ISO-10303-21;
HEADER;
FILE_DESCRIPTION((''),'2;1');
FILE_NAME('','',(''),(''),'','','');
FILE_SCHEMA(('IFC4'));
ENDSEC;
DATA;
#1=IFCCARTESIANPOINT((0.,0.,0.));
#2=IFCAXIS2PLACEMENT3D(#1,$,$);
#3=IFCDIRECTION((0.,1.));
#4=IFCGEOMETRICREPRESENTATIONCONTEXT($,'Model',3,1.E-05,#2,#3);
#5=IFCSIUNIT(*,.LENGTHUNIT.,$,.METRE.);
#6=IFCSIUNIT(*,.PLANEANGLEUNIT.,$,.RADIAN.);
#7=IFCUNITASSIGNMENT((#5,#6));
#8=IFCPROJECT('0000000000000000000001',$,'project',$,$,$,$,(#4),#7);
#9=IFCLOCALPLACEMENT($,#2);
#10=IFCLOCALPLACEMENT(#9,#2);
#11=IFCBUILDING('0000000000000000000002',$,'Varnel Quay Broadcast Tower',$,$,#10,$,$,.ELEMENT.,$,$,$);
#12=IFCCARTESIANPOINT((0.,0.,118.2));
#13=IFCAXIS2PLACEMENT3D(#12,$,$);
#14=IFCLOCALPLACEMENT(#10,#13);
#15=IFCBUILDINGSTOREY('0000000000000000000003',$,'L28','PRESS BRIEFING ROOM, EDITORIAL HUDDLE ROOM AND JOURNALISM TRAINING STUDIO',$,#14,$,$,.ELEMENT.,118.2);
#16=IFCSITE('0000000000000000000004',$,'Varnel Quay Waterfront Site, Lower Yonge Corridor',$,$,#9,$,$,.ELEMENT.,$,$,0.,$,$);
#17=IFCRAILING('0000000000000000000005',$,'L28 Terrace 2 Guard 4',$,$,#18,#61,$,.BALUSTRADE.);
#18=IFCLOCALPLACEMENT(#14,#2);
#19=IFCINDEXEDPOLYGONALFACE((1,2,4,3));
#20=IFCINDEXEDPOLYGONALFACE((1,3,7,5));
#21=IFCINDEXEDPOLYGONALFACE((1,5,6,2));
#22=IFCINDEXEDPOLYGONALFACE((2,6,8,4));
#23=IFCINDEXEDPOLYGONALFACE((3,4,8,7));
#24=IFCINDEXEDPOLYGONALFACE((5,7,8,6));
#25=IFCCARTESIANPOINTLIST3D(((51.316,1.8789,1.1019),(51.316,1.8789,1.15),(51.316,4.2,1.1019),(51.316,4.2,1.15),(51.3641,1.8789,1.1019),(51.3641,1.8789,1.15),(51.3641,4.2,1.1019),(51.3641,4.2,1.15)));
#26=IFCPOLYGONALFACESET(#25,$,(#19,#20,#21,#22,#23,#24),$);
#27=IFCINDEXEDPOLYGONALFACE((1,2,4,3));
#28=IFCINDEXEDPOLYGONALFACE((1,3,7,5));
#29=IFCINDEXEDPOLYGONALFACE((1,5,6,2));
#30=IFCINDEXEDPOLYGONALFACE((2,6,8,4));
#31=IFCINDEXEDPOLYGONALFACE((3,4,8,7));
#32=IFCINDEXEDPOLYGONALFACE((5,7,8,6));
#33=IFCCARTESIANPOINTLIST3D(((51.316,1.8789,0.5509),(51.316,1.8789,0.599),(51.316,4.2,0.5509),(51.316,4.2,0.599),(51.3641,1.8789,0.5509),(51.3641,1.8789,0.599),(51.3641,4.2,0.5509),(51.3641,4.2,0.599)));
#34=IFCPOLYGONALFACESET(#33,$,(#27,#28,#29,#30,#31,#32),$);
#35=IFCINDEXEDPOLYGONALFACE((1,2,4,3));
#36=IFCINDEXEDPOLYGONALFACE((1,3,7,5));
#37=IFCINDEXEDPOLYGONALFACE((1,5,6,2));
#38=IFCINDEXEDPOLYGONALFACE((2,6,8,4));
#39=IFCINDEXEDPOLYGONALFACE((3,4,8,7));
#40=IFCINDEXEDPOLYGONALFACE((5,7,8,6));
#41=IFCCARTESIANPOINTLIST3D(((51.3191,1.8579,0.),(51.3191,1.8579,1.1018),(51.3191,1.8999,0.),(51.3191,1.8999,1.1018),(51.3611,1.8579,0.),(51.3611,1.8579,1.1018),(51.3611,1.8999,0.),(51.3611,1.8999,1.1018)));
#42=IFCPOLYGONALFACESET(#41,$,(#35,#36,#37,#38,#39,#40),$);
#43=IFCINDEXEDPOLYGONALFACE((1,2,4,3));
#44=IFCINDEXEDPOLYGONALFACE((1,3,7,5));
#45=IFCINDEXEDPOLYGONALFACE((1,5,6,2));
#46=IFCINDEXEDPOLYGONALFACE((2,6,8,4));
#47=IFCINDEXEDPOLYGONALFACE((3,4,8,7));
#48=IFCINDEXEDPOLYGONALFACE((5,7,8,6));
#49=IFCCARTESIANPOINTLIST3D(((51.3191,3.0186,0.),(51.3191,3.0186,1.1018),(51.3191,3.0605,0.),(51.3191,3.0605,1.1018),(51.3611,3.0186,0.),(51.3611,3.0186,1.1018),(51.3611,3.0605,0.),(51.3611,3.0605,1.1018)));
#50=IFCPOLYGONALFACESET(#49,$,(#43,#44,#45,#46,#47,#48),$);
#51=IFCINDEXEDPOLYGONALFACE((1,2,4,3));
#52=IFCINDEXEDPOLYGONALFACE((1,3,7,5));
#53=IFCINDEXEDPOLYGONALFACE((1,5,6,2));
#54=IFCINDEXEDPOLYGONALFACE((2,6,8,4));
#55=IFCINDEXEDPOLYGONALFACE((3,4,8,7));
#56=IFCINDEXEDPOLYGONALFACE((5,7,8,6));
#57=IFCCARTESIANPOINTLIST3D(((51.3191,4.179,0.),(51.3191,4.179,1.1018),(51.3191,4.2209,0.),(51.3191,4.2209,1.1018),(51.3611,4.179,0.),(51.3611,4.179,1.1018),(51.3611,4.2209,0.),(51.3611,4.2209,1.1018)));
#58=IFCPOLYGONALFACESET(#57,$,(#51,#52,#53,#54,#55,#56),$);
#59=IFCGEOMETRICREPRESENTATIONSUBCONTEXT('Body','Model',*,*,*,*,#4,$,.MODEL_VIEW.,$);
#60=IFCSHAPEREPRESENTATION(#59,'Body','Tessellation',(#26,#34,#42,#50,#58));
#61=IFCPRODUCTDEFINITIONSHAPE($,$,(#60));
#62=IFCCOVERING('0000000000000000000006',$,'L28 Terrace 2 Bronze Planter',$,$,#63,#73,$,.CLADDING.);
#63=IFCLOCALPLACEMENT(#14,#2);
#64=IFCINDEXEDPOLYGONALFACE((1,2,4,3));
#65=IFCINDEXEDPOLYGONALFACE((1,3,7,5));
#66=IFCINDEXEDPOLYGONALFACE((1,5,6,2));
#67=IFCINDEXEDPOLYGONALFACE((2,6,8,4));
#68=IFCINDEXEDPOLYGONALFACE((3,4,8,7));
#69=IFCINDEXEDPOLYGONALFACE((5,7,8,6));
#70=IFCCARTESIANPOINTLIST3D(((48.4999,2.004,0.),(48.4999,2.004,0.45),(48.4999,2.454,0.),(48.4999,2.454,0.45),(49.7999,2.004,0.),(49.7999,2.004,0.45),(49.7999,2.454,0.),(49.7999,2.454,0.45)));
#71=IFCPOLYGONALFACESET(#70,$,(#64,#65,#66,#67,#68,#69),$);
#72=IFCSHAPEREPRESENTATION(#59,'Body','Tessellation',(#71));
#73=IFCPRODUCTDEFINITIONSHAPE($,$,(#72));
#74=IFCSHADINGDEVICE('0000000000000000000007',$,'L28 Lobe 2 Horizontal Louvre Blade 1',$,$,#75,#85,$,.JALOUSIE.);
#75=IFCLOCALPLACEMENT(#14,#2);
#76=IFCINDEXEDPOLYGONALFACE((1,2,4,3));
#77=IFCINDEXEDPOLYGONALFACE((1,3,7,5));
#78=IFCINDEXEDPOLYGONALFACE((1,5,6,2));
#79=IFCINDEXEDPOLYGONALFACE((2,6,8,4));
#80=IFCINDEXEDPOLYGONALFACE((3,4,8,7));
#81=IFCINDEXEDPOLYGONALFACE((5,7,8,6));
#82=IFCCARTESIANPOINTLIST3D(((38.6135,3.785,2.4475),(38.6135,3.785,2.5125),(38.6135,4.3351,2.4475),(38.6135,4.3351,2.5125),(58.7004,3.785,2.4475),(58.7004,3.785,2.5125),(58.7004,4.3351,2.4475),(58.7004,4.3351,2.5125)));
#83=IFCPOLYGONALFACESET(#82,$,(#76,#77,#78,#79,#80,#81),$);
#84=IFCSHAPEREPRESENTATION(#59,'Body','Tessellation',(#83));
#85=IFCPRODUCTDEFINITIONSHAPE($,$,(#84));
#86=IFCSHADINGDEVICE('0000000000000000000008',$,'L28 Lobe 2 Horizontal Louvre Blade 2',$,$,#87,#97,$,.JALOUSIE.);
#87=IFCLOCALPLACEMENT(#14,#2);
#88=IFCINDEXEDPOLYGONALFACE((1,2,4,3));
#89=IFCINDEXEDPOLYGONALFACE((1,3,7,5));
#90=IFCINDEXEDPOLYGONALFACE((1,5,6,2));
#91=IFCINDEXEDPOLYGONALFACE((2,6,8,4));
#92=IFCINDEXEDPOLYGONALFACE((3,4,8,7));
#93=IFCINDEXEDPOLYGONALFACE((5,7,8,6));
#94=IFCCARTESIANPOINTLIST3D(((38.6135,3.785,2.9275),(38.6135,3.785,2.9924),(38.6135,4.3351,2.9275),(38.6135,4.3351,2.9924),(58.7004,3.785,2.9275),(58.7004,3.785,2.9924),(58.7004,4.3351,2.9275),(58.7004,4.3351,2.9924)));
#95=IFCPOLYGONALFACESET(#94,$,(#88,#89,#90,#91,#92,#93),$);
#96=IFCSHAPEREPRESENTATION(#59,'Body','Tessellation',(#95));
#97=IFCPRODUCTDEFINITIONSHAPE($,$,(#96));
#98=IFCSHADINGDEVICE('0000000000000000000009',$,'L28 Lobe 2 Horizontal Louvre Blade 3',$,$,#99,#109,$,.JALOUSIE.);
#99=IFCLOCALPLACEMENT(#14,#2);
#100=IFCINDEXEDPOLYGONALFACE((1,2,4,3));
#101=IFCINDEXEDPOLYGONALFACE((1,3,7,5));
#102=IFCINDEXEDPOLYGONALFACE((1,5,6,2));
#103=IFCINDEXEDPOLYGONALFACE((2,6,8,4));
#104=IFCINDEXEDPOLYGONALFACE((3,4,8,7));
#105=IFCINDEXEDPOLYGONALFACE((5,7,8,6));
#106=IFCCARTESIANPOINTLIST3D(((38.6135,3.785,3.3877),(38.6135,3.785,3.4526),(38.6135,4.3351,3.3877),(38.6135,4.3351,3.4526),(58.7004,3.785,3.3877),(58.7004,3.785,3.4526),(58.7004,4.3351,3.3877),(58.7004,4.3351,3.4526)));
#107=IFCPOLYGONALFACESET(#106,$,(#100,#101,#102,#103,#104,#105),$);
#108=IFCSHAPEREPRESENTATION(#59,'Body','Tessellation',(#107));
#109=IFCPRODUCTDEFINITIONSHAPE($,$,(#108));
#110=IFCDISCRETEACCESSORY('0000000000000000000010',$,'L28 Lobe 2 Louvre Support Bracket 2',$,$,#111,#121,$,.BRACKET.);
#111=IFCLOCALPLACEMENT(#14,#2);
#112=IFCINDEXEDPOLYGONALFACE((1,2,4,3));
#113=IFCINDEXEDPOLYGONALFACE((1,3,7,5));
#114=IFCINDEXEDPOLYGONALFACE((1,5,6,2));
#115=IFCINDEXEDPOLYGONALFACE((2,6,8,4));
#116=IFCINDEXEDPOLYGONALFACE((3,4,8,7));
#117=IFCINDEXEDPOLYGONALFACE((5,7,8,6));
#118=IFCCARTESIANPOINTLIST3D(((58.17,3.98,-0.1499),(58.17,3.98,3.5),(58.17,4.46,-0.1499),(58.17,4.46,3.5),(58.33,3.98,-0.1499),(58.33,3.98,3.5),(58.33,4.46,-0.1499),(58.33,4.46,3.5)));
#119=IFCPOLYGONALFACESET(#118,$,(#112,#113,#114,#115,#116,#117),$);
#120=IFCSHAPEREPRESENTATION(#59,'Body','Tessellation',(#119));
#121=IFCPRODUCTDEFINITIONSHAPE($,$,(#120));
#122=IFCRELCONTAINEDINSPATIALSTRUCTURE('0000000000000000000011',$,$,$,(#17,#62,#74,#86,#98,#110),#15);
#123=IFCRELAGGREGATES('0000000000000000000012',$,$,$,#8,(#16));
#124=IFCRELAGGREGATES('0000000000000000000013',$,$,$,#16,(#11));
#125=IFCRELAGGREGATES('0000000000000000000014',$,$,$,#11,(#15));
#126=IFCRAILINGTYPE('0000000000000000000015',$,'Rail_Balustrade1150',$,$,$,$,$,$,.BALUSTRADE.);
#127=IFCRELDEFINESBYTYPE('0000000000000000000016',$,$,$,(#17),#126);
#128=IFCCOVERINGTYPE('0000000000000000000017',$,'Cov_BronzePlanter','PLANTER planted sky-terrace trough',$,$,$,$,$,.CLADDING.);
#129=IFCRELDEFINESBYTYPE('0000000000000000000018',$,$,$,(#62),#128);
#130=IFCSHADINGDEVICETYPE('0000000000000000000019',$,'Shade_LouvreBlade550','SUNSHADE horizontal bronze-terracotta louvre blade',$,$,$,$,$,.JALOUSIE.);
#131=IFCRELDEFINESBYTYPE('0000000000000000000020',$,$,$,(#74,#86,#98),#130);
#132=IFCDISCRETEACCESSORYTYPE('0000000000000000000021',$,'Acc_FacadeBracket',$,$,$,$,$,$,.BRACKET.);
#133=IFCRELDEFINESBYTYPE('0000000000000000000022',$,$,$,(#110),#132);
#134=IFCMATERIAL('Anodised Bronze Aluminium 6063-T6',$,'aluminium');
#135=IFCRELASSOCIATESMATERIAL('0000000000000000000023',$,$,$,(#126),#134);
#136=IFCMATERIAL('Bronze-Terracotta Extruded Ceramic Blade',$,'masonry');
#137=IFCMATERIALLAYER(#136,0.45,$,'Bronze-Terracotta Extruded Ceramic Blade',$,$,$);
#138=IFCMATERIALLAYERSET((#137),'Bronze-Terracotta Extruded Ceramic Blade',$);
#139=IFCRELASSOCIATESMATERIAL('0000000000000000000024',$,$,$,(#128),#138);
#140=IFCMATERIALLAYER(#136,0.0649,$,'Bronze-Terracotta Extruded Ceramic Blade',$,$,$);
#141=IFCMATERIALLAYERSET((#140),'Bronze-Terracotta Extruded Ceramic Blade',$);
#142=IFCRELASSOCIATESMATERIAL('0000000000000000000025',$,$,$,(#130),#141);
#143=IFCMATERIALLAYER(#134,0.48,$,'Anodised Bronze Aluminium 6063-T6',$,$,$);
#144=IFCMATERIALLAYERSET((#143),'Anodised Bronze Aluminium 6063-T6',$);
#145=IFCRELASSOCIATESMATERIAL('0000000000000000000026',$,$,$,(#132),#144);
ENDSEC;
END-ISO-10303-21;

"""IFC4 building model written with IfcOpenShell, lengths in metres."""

from ifc_helpers import new_model, si_unit, direction, frame, origin, origin_2d, place, context, subcontext, project, spatial, rectangle, extrude, source, transform, mapped, material, layer, layer_set, type_object, type_shapes, element, save


model = new_model("IFC4")

# Units and contexts
model_context = context("Model", 3, precision=1e-05, world=origin(), true_north=direction((0.0, 1.0)))
body_context = subcontext(model_context, "Body", "Model", "MODEL_VIEW")
ifc_project = project(units=[si_unit("LENGTHUNIT", "METRE"), si_unit("PLANEANGLEUNIT", "RADIAN")], contexts=[model_context])

# Site, building, storey
site_placement = place(None, origin())
site = spatial("IfcSite", under=ifc_project, at=site_placement, Name="Varnel Quay Waterfront Site, Lower Yonge Corridor", CompositionType="ELEMENT", RefElevation=0.0)
building_placement = place(site_placement, origin())
building = spatial("IfcBuilding", under=site, at=building_placement, Name="Varnel Quay Broadcast Tower", CompositionType="ELEMENT")
storey_placement = place(building_placement, frame((0.0, 0.0, 118.2)))
storey = spatial("IfcBuildingStorey", under=building, at=storey_placement, Name="L28", Description="PRESS BRIEFING ROOM, EDITORIAL HUDDLE ROOM AND JOURNALISM TRAINING STUDIO", CompositionType="ELEMENT", Elevation=118.2)

# Shared definitions
ifc_material_1 = material(Name="Anodised Bronze Aluminium 6063-T6", Category="aluminium")

# Railing
railing_type = type_object("IfcRailingType", Name="Rail_Balustrade1150", PredefinedType="BALUSTRADE", material=ifc_material_1)
railing_1_placement = place(storey_placement, frame((51.3401, 1.8789, 0.0)))
element("IfcRailing", 1, at=railing_1_placement, inside=storey, type_object=railing_type, Name="L28 Terrace 2 Guard 4", PredefinedType="BALUSTRADE", context=body_context, shape_type="SweptSolid", body=[
    extrude(rectangle(XDim=0.0481, YDim=0.0481, at=origin_2d()), frame((0.0, 0.0, 1.126), z_axis=(0.0, 1.0, 0.0), x_axis=(-1.0, 0.0, 0.0)), (0.0, 0.0, 1.0), 2.321),
    extrude(rectangle(XDim=0.0481, YDim=0.0481, at=origin_2d()), frame((0.0, 0.0, 0.575), z_axis=(0.0, 1.0, 0.0), x_axis=(-1.0, 0.0, 0.0)), (0.0, 0.0, 1.0), 2.321),
    extrude(rectangle(XDim=0.042, YDim=0.042, at=origin_2d()), origin(), (0.0, 0.0, 1.0), 1.1018),
    extrude(rectangle(XDim=0.042, YDim=0.042, at=origin_2d()), frame((0.0, 1.1606, 0.0)), (0.0, 0.0, 1.0), 1.1018),
    extrude(rectangle(XDim=0.042, YDim=0.042, at=origin_2d()), frame((0.0, 2.321, 0.0)), (0.0, 0.0, 1.0), 1.1018),
])

# Covering
ifc_material_2 = material(Name="Bronze-Terracotta Extruded Ceramic Blade", Category="masonry")
ifc_layer_1 = layer(ifc_material_2, 0.45, Name="Bronze-Terracotta Extruded Ceramic Blade")
ifc_layer_set_1 = layer_set([ifc_layer_1], Name="Bronze-Terracotta Extruded Ceramic Blade")
covering_type = type_object("IfcCoveringType", Name="Cov_BronzePlanter", Description="PLANTER planted sky-terrace trough", PredefinedType="CLADDING", material=ifc_layer_set_1)
shared_shape_1 = source(origin(), body_context, "Body", "SweptSolid", [
    extrude(rectangle(XDim=1.3, YDim=0.45, at=origin_2d()), origin(), (0.0, 0.0, 1.0), 0.45),
])
type_shapes(covering_type, [shared_shape_1])
covering_placement = place(storey_placement, frame((49.1499, 2.229, 0.0), z_axis=(0.0, 0.0, 1.0), x_axis=(1.0, 0.0, 0.0)))
element("IfcCovering", 2, at=covering_placement, inside=storey, type_object=covering_type, Name="L28 Terrace 2 Bronze Planter", PredefinedType="CLADDING", context=body_context, shape_type="MappedRepresentation", body=[
    mapped(shared_shape_1, transform((0.0, 0.0, 0.0), x_axis=(1.0, 0.0, 0.0), y_axis=(0.0, 1.0, 0.0), z_axis=(0.0, 0.0, 1.0), scale=1.0)),
])

# Shading devices
ifc_layer_2 = layer(ifc_material_2, 0.0649, Name="Bronze-Terracotta Extruded Ceramic Blade")
ifc_layer_set_2 = layer_set([ifc_layer_2], Name="Bronze-Terracotta Extruded Ceramic Blade")
shading_device_type = type_object("IfcShadingDeviceType", Name="Shade_LouvreBlade550", Description="SUNSHADE horizontal bronze-terracotta louvre blade", PredefinedType="JALOUSIE", material=ifc_layer_set_2)
shared_shape_2 = source(origin(), body_context, "Body", "SweptSolid", [
    extrude(rectangle(XDim=20.0869, YDim=0.55, at=origin_2d()), origin(), (0.0, 0.0, 1.0), 0.0649),
])
type_shapes(shading_device_type, [shared_shape_2])
for number, where, z_axis, x_axis, name in (
    (3, (48.657, 4.0601, 2.4475), (0.0, 0.0, 1.0), (1.0, 0.0, 0.0), "L28 Lobe 2 Horizontal Louvre Blade 1"),
    (4, (48.657, 4.0601, 2.9275), (0.0, 0.0, 1.0), (1.0, 0.0, 0.0), "L28 Lobe 2 Horizontal Louvre Blade 2"),
    (5, (48.657, 4.0601, 3.3877), (0.0, 0.0, 1.0), (1.0, 0.0, 0.0), "L28 Lobe 2 Horizontal Louvre Blade 3"),
):
    element("IfcShadingDevice", number, at=place(storey_placement, frame(where, z_axis=z_axis, x_axis=x_axis)), inside=storey, type_object=shading_device_type, Name=name, PredefinedType="JALOUSIE", context=body_context, shape_type="MappedRepresentation", body=[
        mapped(shared_shape_2, transform((0.0, 0.0, 0.0), x_axis=(1.0, 0.0, 0.0), y_axis=(0.0, 1.0, 0.0), z_axis=(0.0, 0.0, 1.0), scale=1.0)),
    ])

# Discrete accessory
ifc_layer_3 = layer(ifc_material_1, 0.48, Name="Anodised Bronze Aluminium 6063-T6")
ifc_layer_set_3 = layer_set([ifc_layer_3], Name="Anodised Bronze Aluminium 6063-T6")
discrete_accessory_type = type_object("IfcDiscreteAccessoryType", Name="Acc_FacadeBracket", PredefinedType="BRACKET", material=ifc_layer_set_3)
shared_shape_3 = source(origin(), body_context, "Body", "SweptSolid", [
    extrude(rectangle(XDim=0.1599, YDim=0.48, at=origin_2d()), origin(), (0.0, 0.0, 1.0), 3.6499),
])
type_shapes(discrete_accessory_type, [shared_shape_3])
discrete_accessory_placement = place(storey_placement, frame((58.25, 4.22, -0.1499), z_axis=(0.0, 0.0, 1.0), x_axis=(1.0, 0.0, 0.0)))
element("IfcDiscreteAccessory", 6, at=discrete_accessory_placement, inside=storey, type_object=discrete_accessory_type, Name="L28 Lobe 2 Louvre Support Bracket 2", PredefinedType="BRACKET", context=body_context, shape_type="MappedRepresentation", body=[
    mapped(shared_shape_3, transform((0.0, 0.0, 0.0), x_axis=(1.0, 0.0, 0.0), y_axis=(0.0, 1.0, 0.0), z_axis=(0.0, 0.0, 1.0), scale=1.0)),
])

save(model, "model.ifc")
